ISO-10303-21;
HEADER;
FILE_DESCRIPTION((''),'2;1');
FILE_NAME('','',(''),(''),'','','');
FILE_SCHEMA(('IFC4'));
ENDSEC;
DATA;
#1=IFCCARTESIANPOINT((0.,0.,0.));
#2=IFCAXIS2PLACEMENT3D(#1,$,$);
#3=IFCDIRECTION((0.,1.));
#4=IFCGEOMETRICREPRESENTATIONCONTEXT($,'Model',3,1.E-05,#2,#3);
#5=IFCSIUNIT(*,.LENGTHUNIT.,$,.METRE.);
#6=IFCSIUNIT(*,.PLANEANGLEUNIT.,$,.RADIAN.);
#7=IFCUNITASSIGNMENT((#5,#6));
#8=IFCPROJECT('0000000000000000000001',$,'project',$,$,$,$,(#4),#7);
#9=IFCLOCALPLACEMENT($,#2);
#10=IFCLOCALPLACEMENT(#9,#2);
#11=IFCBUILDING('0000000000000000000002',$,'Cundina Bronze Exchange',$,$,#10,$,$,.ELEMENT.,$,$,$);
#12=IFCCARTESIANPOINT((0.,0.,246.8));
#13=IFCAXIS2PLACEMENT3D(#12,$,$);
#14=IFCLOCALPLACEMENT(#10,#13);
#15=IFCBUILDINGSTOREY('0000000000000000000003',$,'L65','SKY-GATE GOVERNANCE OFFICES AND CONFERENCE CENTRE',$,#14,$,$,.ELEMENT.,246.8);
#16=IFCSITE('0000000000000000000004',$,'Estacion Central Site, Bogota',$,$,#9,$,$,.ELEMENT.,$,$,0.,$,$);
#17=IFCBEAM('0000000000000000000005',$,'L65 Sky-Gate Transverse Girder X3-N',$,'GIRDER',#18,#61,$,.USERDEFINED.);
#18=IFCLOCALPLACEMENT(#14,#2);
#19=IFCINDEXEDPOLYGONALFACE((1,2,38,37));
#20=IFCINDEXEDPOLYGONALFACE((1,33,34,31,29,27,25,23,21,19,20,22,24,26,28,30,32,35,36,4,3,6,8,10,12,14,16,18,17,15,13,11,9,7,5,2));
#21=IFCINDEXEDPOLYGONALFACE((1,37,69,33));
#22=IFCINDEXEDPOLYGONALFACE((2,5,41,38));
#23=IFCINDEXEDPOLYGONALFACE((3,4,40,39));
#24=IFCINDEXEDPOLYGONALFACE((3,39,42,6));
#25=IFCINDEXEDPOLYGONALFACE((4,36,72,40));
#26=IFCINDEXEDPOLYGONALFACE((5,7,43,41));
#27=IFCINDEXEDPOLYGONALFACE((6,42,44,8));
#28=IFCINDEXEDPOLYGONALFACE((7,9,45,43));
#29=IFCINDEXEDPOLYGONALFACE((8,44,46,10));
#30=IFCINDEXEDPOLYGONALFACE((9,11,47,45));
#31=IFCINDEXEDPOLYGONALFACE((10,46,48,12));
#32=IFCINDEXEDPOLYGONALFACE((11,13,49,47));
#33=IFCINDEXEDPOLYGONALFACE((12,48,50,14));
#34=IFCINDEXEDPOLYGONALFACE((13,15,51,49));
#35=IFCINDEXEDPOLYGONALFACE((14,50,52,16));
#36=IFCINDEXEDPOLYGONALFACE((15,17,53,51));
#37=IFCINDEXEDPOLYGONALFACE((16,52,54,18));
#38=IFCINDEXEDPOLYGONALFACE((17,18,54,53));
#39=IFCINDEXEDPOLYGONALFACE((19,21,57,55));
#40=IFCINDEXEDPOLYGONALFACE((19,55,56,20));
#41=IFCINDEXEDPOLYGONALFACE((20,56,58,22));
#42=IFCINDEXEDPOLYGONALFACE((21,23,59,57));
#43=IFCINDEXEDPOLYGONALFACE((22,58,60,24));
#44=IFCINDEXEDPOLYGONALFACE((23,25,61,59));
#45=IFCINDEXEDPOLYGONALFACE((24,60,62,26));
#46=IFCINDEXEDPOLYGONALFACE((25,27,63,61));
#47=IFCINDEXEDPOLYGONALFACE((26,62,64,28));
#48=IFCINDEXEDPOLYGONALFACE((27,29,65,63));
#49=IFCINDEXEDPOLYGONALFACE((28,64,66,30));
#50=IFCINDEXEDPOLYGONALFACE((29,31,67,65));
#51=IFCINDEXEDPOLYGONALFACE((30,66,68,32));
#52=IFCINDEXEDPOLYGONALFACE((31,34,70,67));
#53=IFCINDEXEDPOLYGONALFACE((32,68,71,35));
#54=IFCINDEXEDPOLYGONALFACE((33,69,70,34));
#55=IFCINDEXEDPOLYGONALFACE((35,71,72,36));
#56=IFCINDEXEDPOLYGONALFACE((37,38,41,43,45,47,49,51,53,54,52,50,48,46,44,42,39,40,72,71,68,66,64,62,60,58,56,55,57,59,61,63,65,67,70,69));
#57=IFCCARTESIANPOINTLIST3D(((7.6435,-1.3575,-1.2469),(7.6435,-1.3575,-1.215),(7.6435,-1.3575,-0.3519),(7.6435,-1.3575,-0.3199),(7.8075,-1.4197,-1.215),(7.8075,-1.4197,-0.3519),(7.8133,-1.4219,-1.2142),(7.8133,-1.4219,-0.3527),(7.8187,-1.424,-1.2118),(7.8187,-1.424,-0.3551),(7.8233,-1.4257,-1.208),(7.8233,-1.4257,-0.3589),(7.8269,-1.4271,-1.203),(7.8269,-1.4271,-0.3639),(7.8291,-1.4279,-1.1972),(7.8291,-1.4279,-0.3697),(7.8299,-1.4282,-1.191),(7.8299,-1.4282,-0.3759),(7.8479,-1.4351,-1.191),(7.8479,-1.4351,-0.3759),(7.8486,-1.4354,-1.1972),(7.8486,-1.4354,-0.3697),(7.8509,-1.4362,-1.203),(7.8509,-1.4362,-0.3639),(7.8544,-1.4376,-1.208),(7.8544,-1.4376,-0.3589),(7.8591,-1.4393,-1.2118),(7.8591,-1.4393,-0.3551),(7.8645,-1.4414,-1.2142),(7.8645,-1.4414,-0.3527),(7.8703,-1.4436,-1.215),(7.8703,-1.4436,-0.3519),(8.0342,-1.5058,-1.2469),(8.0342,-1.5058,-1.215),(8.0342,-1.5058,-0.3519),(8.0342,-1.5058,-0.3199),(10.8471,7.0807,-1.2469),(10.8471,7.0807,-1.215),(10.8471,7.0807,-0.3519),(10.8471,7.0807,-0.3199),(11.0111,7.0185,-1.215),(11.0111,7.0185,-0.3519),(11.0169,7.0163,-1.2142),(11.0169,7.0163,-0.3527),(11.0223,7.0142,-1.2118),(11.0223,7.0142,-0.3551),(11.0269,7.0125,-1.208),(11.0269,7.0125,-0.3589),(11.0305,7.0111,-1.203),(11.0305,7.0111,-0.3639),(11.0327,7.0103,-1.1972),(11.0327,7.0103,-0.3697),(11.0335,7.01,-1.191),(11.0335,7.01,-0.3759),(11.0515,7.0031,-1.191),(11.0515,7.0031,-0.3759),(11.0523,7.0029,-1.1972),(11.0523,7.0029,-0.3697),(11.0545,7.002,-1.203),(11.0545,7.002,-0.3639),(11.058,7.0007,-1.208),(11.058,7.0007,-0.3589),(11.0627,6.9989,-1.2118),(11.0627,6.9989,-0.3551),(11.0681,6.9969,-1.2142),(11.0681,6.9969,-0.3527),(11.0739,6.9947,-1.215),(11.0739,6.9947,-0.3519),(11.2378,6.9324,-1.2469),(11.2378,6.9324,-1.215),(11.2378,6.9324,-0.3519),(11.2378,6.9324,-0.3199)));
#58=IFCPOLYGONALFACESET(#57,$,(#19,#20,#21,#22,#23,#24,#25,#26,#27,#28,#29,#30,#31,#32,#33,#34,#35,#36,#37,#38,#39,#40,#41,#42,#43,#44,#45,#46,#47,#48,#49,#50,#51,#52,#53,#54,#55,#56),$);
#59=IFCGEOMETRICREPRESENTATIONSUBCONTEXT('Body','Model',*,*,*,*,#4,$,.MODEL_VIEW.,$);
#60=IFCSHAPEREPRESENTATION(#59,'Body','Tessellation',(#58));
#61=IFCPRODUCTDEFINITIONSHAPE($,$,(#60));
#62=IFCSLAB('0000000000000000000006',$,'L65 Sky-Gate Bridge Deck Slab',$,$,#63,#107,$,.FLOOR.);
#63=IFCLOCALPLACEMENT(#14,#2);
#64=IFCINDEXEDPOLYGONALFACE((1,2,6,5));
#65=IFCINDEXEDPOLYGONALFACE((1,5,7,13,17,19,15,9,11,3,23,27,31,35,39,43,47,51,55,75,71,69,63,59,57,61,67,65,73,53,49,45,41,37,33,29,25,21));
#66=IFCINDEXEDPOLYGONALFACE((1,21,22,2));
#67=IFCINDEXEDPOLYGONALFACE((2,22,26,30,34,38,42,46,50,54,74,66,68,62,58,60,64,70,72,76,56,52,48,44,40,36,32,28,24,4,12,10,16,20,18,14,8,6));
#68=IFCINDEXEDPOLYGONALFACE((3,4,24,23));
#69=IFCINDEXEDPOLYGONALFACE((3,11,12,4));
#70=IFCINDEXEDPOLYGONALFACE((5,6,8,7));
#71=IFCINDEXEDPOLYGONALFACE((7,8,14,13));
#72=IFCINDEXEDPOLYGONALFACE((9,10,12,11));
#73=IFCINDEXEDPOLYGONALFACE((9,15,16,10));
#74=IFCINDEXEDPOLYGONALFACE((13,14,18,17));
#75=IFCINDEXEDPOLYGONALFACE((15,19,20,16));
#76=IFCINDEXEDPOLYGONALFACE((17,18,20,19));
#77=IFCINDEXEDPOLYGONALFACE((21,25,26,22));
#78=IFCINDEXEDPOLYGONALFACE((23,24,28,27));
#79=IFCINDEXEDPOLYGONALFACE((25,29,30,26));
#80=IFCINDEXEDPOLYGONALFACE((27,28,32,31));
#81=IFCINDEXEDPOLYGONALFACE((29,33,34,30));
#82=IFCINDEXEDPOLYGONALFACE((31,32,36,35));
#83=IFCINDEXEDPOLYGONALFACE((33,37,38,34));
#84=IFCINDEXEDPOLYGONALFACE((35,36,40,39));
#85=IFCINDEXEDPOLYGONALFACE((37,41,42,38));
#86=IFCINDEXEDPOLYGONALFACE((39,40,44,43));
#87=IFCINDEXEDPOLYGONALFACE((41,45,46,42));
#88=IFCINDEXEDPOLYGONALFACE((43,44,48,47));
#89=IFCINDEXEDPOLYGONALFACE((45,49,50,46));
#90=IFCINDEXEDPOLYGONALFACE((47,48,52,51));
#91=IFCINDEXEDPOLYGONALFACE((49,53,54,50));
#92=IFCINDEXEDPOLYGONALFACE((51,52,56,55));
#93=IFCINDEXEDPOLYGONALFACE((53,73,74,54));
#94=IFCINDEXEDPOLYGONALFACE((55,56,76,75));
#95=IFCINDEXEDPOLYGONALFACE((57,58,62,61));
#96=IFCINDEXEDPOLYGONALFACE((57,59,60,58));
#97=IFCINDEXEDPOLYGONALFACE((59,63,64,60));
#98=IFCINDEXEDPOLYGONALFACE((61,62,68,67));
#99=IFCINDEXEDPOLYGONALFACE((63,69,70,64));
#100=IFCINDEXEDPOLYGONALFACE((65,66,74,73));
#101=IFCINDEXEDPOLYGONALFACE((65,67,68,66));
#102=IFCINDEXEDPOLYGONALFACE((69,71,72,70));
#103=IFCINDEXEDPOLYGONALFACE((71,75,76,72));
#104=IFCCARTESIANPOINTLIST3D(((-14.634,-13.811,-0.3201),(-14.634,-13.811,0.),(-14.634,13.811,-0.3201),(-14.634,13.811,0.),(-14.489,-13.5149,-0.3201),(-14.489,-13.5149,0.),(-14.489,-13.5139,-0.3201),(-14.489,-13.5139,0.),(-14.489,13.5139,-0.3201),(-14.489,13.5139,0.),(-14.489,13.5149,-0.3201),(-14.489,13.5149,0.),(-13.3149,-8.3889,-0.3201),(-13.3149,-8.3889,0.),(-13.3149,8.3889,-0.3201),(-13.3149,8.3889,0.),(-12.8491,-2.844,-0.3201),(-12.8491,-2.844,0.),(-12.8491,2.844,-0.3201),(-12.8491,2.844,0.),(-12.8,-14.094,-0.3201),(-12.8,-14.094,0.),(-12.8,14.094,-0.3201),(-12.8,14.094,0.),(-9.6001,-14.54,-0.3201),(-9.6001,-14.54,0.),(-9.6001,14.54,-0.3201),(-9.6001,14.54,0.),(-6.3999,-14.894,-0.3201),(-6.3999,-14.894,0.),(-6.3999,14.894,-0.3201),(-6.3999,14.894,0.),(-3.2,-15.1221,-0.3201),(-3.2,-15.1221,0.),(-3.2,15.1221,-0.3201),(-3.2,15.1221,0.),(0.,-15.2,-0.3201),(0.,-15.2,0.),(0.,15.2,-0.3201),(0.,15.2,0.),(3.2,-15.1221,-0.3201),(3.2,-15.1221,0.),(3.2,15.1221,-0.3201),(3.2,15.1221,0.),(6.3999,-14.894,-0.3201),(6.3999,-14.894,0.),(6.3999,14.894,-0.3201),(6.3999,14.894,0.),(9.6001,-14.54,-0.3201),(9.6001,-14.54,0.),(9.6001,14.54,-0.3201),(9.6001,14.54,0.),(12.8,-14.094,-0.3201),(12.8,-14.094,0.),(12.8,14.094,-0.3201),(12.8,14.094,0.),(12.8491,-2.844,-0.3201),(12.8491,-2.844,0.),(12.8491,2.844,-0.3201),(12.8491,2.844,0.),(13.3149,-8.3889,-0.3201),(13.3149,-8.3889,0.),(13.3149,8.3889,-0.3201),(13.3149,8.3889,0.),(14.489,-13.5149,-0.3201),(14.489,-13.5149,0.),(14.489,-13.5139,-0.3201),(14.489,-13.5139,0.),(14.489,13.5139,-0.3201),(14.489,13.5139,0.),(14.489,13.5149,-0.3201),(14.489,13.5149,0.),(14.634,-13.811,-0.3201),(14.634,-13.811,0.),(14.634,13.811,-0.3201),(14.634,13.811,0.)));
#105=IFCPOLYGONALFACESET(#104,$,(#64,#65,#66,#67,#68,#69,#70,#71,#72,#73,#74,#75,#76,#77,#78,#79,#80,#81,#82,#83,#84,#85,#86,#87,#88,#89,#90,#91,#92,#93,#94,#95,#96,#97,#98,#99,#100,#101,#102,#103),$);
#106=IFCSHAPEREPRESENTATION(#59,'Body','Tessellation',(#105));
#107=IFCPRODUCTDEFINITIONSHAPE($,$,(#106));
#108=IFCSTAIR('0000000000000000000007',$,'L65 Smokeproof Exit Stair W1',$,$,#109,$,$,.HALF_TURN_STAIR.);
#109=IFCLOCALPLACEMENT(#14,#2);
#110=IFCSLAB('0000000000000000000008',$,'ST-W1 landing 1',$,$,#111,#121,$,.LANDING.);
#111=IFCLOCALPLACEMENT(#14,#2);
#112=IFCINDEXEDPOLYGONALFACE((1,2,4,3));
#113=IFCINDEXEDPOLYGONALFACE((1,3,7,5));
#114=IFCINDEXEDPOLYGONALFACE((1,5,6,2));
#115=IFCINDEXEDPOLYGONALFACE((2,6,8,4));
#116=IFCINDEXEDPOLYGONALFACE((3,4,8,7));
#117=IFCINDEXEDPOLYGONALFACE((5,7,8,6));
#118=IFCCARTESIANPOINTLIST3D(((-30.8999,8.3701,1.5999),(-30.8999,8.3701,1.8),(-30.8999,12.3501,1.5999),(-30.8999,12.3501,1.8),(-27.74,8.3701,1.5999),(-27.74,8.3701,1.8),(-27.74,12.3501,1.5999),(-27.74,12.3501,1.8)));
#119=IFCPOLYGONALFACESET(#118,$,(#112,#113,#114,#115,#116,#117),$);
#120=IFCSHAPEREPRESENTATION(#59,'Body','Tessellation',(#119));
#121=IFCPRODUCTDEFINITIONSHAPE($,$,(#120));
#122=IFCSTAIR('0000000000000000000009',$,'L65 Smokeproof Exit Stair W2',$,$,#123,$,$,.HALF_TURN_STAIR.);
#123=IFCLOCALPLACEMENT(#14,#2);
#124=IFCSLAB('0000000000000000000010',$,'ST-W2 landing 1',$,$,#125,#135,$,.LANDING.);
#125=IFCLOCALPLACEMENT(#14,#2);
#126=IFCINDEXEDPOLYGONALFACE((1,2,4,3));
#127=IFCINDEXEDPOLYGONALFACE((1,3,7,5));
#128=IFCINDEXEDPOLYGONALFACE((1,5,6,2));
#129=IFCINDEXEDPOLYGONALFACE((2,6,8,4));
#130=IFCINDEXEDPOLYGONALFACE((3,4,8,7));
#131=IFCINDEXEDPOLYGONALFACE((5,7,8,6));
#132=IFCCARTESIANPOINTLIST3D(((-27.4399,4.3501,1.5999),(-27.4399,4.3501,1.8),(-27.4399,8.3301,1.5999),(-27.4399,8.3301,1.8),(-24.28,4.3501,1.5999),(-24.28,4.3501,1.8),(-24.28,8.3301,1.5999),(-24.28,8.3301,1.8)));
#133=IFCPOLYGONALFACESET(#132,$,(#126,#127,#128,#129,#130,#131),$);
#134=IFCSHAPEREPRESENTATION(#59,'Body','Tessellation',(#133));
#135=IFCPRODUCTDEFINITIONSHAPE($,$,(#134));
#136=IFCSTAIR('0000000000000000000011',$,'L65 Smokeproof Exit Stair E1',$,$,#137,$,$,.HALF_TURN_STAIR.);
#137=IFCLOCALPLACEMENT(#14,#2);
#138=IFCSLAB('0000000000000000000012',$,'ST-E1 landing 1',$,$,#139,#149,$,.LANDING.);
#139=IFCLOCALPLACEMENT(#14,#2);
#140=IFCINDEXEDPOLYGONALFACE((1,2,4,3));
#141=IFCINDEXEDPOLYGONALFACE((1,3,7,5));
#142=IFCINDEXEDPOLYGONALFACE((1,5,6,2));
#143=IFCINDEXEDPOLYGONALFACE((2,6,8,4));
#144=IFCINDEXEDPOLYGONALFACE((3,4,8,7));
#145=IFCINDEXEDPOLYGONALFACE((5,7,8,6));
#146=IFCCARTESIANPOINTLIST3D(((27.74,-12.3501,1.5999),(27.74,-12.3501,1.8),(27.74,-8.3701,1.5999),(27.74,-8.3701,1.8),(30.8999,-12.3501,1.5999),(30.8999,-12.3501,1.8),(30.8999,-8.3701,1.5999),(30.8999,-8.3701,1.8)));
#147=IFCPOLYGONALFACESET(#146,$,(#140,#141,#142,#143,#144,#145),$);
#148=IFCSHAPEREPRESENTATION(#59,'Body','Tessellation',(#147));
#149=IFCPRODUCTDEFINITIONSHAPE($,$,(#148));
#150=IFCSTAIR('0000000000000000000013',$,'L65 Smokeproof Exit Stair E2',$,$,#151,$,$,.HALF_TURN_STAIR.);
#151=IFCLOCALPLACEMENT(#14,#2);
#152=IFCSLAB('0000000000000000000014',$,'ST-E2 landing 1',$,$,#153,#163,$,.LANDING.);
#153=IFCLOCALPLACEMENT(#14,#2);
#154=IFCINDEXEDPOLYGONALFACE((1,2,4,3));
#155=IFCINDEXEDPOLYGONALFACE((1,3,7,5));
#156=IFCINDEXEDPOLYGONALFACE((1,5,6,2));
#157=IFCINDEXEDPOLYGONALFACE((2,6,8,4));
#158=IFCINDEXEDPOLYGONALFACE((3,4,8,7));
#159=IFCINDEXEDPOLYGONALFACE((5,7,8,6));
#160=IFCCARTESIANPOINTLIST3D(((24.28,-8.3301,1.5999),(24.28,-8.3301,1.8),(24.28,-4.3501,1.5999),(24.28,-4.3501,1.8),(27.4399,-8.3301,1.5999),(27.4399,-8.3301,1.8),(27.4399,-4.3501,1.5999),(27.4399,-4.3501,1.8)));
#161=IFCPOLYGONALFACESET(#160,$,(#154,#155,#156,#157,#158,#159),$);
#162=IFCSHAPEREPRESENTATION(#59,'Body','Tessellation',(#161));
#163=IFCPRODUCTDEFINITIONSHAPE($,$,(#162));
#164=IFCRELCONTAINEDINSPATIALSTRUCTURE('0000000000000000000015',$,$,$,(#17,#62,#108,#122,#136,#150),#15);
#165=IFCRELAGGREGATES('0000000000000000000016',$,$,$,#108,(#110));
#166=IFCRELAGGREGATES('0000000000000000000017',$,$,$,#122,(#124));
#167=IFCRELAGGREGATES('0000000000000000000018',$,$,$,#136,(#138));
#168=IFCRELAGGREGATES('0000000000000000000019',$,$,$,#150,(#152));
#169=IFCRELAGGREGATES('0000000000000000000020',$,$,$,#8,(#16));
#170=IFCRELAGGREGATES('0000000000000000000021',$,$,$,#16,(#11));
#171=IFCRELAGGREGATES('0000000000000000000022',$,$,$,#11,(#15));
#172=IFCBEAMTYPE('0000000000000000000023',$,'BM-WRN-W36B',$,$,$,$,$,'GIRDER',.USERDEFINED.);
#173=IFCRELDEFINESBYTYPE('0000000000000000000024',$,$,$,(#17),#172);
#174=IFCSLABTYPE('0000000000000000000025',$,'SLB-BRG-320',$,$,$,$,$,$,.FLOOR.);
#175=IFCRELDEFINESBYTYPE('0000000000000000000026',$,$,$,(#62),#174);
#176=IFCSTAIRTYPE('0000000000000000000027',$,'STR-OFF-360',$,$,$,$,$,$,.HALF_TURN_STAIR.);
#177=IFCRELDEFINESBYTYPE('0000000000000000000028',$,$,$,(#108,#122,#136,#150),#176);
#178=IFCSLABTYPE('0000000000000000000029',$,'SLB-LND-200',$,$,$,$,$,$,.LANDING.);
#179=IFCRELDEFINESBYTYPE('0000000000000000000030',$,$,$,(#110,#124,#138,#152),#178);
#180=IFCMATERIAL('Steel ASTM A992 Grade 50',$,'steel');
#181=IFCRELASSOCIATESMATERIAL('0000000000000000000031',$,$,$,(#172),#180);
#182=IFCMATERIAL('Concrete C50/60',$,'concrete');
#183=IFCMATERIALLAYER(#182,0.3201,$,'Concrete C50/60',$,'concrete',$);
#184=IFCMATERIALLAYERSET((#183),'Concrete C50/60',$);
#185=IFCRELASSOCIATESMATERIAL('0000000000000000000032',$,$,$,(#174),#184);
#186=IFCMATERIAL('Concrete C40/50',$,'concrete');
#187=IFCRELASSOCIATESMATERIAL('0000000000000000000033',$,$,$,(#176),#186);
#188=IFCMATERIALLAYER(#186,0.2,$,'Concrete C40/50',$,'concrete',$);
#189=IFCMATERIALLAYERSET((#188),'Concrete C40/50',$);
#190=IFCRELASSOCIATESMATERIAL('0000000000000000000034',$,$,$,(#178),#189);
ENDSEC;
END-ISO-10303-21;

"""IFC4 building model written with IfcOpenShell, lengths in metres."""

from ifc_helpers import new_model, si_unit, direction, frame, origin, origin_2d, place, context, subcontext, project, spatial, polyline, i_section, outline, extrude, material, layer, layer_set, material_profile, profile_set, type_object, element, aggregate, save


model = new_model("IFC4")

# Units and contexts
model_context = context("Model", 3, precision=1e-05, world=origin(), true_north=direction((0.0, 1.0)))
body_context = subcontext(model_context, "Body", "Model", "MODEL_VIEW")
ifc_project = project(units=[si_unit("LENGTHUNIT", "METRE"), si_unit("PLANEANGLEUNIT", "RADIAN")], contexts=[model_context])

# Site, building, storey
site_placement = place(None, origin())
site = spatial("IfcSite", under=ifc_project, at=site_placement, Name="Estacion Central Site, Bogota", CompositionType="ELEMENT", RefElevation=0.0)
building_placement = place(site_placement, origin())
building = spatial("IfcBuilding", under=site, at=building_placement, Name="Cundina Bronze Exchange", CompositionType="ELEMENT")
storey_placement = place(building_placement, frame((0.0, 0.0, 246.8)))
storey = spatial("IfcBuildingStorey", under=building, at=storey_placement, Name="L65", Description="SKY-GATE GOVERNANCE OFFICES AND CONFERENCE CENTRE", CompositionType="ELEMENT", Elevation=246.8)

# Shared definitions
ifc_material_1 = material(Name="Concrete C50/60", Category="concrete")

# Beam
ifc_material_2 = material(Name="Steel ASTM A992 Grade 50", Category="steel")
ifc_material_profile_1 = material_profile(ifc_material_2, i_section(OverallWidth=0.418, OverallDepth=0.927, WebThickness=0.0193, FlangeThickness=0.032, FilletRadius=0.0239, at=origin_2d()), Name="W36X231", Category="steel")
ifc_profile_set_1 = profile_set([ifc_material_profile_1], Name="Steel ASTM A992 Grade 50")
beam_type_1 = type_object("IfcBeamType", Name="BM-WRN-W36B", ElementType="GIRDER", PredefinedType="USERDEFINED", material=ifc_profile_set_1)
beam_1_placement = place(storey_placement, frame((7.8389, -1.4316, -0.7834), z_axis=(0.354936, 0.934891, 0.0), x_axis=(-0.934891, 0.354936, 0.0)))
element("IfcBeam", 1, at=beam_1_placement, inside=storey, type_object=beam_type_1, Name="L65 Sky-Gate Transverse Girder X3-N", ObjectType="GIRDER", PredefinedType="USERDEFINED", context=body_context, shape_type="SweptSolid", body=[
    extrude(i_section(OverallWidth=0.418, OverallDepth=0.927, WebThickness=0.0193, FlangeThickness=0.032, FilletRadius=0.0239, at=origin_2d()), origin(), (0.0, 0.0, 1.0), 9.0259),
])

# Slab
ifc_layer_1 = layer(ifc_material_1, 0.3201, Name="Concrete C50/60", Category="concrete")
ifc_layer_set_1 = layer_set([ifc_layer_1], Name="Concrete C50/60")
slab_type_1 = type_object("IfcSlabType", Name="SLB-BRG-320", PredefinedType="FLOOR", material=ifc_layer_set_1)
slab_1_placement = place(storey_placement, frame((0.0, 0.0, -0.3201)))
element("IfcSlab", 2, at=slab_1_placement, inside=storey, type_object=slab_type_1, Name="L65 Sky-Gate Bridge Deck Slab", PredefinedType="FLOOR", context=body_context, shape_type="SweptSolid", body=[
    extrude(outline(polyline([(12.8, -14.094), (9.6001, -14.54), (6.3999, -14.894), (3.2, -15.1221), (0.0, -15.2), (-3.2, -15.1221), (-6.3999, -14.894), (-9.6001, -14.54), (-12.8, -14.094), (-14.634, -13.811), (-14.489, -13.5149), (-14.489, -13.5149), (-14.489, -13.5139), (-13.3149, -8.3889), (-13.3149, -8.3889), (-12.8491, -2.844), (-12.8491, -2.844), (-12.8491, 2.844), (-12.8491, 2.844), (-13.3149, 8.3889), (-13.3149, 8.3889), (-14.489, 13.5139), (-14.489, 13.5149), (-14.489, 13.5149), (-14.634, 13.811), (-12.8, 14.094), (-9.6001, 14.54), (-6.3999, 14.894), (-3.2, 15.1221), (0.0, 15.2), (3.2, 15.1221), (6.3999, 14.894), (9.6001, 14.54), (12.8, 14.094), (14.634, 13.811), (14.489, 13.5149), (14.489, 13.5149), (14.489, 13.5139), (13.3149, 8.3889), (13.3149, 8.3889), (12.8491, 2.844), (12.8491, 2.844), (12.8491, -2.844), (12.8491, -2.844), (13.3149, -8.3889), (13.3149, -8.3889), (14.489, -13.5139), (14.489, -13.5149), (14.489, -13.5149), (14.634, -13.811), (12.8, -14.094)])), origin(), (0.0, 0.0, 1.0), 0.3201),
])

# Stairs, slabs
ifc_material_3 = material(Name="Concrete C40/50", Category="concrete")
stair_type = type_object("IfcStairType", Name="STR-OFF-360", PredefinedType="HALF_TURN_STAIR", material=ifc_material_3)
stair_1_placement = place(storey_placement, origin())
stair_1 = element("IfcStair", 3, at=stair_1_placement, inside=storey, type_object=stair_type, Name="L65 Smokeproof Exit Stair W1", PredefinedType="HALF_TURN_STAIR")
ifc_layer_2 = layer(ifc_material_3, 0.2, Name="Concrete C40/50", Category="concrete")
ifc_layer_set_2 = layer_set([ifc_layer_2], Name="Concrete C40/50")
slab_type_2 = type_object("IfcSlabType", Name="SLB-LND-200", PredefinedType="LANDING", material=ifc_layer_set_2)
slab_2_placement = place(storey_placement, frame((0.0, 0.0, 1.5999)))
slab_2 = element("IfcSlab", 4, at=slab_2_placement, type_object=slab_type_2, Name="ST-W1 landing 1", PredefinedType="LANDING", context=body_context, shape_type="SweptSolid", body=[
    extrude(outline(polyline([(-27.74, 8.3701), (-27.74, 12.3501), (-30.8999, 12.3501), (-30.8999, 8.3701), (-27.74, 8.3701)])), origin(), (0.0, 0.0, 1.0), 0.2002),
])
aggregate(stair_1, [slab_2])
stair_2_placement = place(storey_placement, origin())
stair_2 = element("IfcStair", 5, at=stair_2_placement, inside=storey, type_object=stair_type, Name="L65 Smokeproof Exit Stair W2", PredefinedType="HALF_TURN_STAIR")
slab_3_placement = place(storey_placement, frame((0.0, 0.0, 1.5999)))
slab_3 = element("IfcSlab", 6, at=slab_3_placement, type_object=slab_type_2, Name="ST-W2 landing 1", PredefinedType="LANDING", context=body_context, shape_type="SweptSolid", body=[
    extrude(outline(polyline([(-27.4399, 8.3301), (-27.4399, 4.3501), (-24.28, 4.3501), (-24.28, 8.3301), (-27.4399, 8.3301)])), origin(), (0.0, 0.0, 1.0), 0.2002),
])
aggregate(stair_2, [slab_3])
stair_3_placement = place(storey_placement, origin())
stair_3 = element("IfcStair", 7, at=stair_3_placement, inside=storey, type_object=stair_type, Name="L65 Smokeproof Exit Stair E1", PredefinedType="HALF_TURN_STAIR")
slab_4_placement = place(storey_placement, frame((0.0, 0.0, 1.5999)))
slab_4 = element("IfcSlab", 8, at=slab_4_placement, type_object=slab_type_2, Name="ST-E1 landing 1", PredefinedType="LANDING", context=body_context, shape_type="SweptSolid", body=[
    extrude(outline(polyline([(27.74, -8.3701), (27.74, -12.3501), (30.8999, -12.3501), (30.8999, -8.3701), (27.74, -8.3701)])), origin(), (0.0, 0.0, 1.0), 0.2002),
])
aggregate(stair_3, [slab_4])
stair_4_placement = place(storey_placement, origin())
stair_4 = element("IfcStair", 9, at=stair_4_placement, inside=storey, type_object=stair_type, Name="L65 Smokeproof Exit Stair E2", PredefinedType="HALF_TURN_STAIR")
slab_5_placement = place(storey_placement, frame((0.0, 0.0, 1.5999)))
slab_5 = element("IfcSlab", 10, at=slab_5_placement, type_object=slab_type_2, Name="ST-E2 landing 1", PredefinedType="LANDING", context=body_context, shape_type="SweptSolid", body=[
    extrude(outline(polyline([(27.4399, -8.3301), (27.4399, -4.3501), (24.28, -4.3501), (24.28, -8.3301), (27.4399, -8.3301)])), origin(), (0.0, 0.0, 1.0), 0.2002),
])
aggregate(stair_4, [slab_5])

save(model, "model.ifc")
